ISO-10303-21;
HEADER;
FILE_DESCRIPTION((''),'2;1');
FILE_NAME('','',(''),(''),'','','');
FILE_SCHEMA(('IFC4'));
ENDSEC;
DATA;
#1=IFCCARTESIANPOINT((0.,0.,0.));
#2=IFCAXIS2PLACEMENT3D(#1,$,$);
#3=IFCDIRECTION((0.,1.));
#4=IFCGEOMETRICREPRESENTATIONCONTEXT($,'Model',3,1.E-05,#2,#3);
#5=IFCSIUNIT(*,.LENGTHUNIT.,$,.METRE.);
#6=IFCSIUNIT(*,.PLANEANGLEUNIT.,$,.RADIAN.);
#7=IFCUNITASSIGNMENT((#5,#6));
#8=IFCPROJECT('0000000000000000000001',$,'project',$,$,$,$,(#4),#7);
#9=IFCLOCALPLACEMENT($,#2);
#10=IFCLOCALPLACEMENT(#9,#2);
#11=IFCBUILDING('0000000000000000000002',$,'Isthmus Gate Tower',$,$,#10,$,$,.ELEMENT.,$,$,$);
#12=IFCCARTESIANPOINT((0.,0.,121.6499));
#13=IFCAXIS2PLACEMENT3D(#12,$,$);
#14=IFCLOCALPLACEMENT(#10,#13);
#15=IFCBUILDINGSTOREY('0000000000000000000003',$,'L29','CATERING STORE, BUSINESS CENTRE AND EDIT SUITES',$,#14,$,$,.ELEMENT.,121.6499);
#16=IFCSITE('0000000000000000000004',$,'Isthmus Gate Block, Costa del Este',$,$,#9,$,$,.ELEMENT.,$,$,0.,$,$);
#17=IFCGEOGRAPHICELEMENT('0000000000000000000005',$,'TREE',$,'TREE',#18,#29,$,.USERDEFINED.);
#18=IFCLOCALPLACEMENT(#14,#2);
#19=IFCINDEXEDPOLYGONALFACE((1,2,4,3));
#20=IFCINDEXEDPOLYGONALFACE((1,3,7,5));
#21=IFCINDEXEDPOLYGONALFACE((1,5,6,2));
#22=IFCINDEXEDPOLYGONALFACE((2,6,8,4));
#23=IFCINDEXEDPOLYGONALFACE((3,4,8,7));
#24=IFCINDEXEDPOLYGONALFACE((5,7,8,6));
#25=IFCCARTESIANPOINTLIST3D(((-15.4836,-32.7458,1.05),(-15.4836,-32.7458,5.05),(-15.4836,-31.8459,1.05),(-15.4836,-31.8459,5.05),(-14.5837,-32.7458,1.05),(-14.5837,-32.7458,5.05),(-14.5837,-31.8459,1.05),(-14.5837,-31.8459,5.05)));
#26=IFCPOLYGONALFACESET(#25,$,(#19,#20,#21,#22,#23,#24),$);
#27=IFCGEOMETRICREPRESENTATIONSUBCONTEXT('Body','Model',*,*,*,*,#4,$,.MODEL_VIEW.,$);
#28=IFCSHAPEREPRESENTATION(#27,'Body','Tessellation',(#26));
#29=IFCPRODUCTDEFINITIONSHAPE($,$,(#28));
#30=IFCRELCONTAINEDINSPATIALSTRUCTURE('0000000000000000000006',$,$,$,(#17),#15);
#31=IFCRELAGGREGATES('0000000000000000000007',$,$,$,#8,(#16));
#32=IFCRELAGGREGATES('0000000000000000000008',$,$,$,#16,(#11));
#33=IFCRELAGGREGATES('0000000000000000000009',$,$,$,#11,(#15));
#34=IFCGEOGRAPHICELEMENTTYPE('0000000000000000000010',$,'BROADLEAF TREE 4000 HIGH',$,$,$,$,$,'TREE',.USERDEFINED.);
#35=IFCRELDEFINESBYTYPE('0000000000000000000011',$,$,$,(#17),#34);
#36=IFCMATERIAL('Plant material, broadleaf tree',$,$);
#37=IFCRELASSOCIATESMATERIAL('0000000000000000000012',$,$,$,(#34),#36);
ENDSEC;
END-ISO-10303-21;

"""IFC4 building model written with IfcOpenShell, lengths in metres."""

from ifc_helpers import new_model, si_unit, direction, frame, origin, origin_2d, place, context, subcontext, project, spatial, rectangle, extrude, material, type_object, element, save


model = new_model("IFC4")

# Units and contexts
model_context = context("Model", 3, precision=1e-05, world=origin(), true_north=direction((0.0, 1.0)))
body_context = subcontext(model_context, "Body", "Model", "MODEL_VIEW")
ifc_project = project(units=[si_unit("LENGTHUNIT", "METRE"), si_unit("PLANEANGLEUNIT", "RADIAN")], contexts=[model_context])

# Site, building, storey
site_placement = place(None, origin())
site = spatial("IfcSite", under=ifc_project, at=site_placement, Name="Isthmus Gate Block, Costa del Este", CompositionType="ELEMENT", RefElevation=0.0)
building_placement = place(site_placement, origin())
building = spatial("IfcBuilding", under=site, at=building_placement, Name="Isthmus Gate Tower", CompositionType="ELEMENT")
storey_placement = place(building_placement, frame((0.0, 0.0, 121.6499)))
storey = spatial("IfcBuildingStorey", under=building, at=storey_placement, Name="L29", Description="CATERING STORE, BUSINESS CENTRE AND EDIT SUITES", CompositionType="ELEMENT", Elevation=121.6499)

# Geographic element
ifc_material_1 = material(Name="Plant material, broadleaf tree")
geographic_element_type = type_object("IfcGeographicElementType", Name="BROADLEAF TREE 4000 HIGH", ElementType="TREE", PredefinedType="USERDEFINED", material=ifc_material_1)
geographic_element_placement = place(storey_placement, frame((-15.0337, -32.2959, 1.05), z_axis=(0.0, 0.0, 1.0), x_axis=(1.0, 0.0, 0.0)))
element("IfcGeographicElement", 1, at=geographic_element_placement, inside=storey, type_object=geographic_element_type, Name="TREE", ObjectType="TREE", PredefinedType="USERDEFINED", context=body_context, shape_type="SweptSolid", body=[
    extrude(rectangle(XDim=0.8999, YDim=0.8999, at=origin_2d()), origin(), (0.0, 0.0, 1.0), 4.0),
])

save(model, "model.ifc")
